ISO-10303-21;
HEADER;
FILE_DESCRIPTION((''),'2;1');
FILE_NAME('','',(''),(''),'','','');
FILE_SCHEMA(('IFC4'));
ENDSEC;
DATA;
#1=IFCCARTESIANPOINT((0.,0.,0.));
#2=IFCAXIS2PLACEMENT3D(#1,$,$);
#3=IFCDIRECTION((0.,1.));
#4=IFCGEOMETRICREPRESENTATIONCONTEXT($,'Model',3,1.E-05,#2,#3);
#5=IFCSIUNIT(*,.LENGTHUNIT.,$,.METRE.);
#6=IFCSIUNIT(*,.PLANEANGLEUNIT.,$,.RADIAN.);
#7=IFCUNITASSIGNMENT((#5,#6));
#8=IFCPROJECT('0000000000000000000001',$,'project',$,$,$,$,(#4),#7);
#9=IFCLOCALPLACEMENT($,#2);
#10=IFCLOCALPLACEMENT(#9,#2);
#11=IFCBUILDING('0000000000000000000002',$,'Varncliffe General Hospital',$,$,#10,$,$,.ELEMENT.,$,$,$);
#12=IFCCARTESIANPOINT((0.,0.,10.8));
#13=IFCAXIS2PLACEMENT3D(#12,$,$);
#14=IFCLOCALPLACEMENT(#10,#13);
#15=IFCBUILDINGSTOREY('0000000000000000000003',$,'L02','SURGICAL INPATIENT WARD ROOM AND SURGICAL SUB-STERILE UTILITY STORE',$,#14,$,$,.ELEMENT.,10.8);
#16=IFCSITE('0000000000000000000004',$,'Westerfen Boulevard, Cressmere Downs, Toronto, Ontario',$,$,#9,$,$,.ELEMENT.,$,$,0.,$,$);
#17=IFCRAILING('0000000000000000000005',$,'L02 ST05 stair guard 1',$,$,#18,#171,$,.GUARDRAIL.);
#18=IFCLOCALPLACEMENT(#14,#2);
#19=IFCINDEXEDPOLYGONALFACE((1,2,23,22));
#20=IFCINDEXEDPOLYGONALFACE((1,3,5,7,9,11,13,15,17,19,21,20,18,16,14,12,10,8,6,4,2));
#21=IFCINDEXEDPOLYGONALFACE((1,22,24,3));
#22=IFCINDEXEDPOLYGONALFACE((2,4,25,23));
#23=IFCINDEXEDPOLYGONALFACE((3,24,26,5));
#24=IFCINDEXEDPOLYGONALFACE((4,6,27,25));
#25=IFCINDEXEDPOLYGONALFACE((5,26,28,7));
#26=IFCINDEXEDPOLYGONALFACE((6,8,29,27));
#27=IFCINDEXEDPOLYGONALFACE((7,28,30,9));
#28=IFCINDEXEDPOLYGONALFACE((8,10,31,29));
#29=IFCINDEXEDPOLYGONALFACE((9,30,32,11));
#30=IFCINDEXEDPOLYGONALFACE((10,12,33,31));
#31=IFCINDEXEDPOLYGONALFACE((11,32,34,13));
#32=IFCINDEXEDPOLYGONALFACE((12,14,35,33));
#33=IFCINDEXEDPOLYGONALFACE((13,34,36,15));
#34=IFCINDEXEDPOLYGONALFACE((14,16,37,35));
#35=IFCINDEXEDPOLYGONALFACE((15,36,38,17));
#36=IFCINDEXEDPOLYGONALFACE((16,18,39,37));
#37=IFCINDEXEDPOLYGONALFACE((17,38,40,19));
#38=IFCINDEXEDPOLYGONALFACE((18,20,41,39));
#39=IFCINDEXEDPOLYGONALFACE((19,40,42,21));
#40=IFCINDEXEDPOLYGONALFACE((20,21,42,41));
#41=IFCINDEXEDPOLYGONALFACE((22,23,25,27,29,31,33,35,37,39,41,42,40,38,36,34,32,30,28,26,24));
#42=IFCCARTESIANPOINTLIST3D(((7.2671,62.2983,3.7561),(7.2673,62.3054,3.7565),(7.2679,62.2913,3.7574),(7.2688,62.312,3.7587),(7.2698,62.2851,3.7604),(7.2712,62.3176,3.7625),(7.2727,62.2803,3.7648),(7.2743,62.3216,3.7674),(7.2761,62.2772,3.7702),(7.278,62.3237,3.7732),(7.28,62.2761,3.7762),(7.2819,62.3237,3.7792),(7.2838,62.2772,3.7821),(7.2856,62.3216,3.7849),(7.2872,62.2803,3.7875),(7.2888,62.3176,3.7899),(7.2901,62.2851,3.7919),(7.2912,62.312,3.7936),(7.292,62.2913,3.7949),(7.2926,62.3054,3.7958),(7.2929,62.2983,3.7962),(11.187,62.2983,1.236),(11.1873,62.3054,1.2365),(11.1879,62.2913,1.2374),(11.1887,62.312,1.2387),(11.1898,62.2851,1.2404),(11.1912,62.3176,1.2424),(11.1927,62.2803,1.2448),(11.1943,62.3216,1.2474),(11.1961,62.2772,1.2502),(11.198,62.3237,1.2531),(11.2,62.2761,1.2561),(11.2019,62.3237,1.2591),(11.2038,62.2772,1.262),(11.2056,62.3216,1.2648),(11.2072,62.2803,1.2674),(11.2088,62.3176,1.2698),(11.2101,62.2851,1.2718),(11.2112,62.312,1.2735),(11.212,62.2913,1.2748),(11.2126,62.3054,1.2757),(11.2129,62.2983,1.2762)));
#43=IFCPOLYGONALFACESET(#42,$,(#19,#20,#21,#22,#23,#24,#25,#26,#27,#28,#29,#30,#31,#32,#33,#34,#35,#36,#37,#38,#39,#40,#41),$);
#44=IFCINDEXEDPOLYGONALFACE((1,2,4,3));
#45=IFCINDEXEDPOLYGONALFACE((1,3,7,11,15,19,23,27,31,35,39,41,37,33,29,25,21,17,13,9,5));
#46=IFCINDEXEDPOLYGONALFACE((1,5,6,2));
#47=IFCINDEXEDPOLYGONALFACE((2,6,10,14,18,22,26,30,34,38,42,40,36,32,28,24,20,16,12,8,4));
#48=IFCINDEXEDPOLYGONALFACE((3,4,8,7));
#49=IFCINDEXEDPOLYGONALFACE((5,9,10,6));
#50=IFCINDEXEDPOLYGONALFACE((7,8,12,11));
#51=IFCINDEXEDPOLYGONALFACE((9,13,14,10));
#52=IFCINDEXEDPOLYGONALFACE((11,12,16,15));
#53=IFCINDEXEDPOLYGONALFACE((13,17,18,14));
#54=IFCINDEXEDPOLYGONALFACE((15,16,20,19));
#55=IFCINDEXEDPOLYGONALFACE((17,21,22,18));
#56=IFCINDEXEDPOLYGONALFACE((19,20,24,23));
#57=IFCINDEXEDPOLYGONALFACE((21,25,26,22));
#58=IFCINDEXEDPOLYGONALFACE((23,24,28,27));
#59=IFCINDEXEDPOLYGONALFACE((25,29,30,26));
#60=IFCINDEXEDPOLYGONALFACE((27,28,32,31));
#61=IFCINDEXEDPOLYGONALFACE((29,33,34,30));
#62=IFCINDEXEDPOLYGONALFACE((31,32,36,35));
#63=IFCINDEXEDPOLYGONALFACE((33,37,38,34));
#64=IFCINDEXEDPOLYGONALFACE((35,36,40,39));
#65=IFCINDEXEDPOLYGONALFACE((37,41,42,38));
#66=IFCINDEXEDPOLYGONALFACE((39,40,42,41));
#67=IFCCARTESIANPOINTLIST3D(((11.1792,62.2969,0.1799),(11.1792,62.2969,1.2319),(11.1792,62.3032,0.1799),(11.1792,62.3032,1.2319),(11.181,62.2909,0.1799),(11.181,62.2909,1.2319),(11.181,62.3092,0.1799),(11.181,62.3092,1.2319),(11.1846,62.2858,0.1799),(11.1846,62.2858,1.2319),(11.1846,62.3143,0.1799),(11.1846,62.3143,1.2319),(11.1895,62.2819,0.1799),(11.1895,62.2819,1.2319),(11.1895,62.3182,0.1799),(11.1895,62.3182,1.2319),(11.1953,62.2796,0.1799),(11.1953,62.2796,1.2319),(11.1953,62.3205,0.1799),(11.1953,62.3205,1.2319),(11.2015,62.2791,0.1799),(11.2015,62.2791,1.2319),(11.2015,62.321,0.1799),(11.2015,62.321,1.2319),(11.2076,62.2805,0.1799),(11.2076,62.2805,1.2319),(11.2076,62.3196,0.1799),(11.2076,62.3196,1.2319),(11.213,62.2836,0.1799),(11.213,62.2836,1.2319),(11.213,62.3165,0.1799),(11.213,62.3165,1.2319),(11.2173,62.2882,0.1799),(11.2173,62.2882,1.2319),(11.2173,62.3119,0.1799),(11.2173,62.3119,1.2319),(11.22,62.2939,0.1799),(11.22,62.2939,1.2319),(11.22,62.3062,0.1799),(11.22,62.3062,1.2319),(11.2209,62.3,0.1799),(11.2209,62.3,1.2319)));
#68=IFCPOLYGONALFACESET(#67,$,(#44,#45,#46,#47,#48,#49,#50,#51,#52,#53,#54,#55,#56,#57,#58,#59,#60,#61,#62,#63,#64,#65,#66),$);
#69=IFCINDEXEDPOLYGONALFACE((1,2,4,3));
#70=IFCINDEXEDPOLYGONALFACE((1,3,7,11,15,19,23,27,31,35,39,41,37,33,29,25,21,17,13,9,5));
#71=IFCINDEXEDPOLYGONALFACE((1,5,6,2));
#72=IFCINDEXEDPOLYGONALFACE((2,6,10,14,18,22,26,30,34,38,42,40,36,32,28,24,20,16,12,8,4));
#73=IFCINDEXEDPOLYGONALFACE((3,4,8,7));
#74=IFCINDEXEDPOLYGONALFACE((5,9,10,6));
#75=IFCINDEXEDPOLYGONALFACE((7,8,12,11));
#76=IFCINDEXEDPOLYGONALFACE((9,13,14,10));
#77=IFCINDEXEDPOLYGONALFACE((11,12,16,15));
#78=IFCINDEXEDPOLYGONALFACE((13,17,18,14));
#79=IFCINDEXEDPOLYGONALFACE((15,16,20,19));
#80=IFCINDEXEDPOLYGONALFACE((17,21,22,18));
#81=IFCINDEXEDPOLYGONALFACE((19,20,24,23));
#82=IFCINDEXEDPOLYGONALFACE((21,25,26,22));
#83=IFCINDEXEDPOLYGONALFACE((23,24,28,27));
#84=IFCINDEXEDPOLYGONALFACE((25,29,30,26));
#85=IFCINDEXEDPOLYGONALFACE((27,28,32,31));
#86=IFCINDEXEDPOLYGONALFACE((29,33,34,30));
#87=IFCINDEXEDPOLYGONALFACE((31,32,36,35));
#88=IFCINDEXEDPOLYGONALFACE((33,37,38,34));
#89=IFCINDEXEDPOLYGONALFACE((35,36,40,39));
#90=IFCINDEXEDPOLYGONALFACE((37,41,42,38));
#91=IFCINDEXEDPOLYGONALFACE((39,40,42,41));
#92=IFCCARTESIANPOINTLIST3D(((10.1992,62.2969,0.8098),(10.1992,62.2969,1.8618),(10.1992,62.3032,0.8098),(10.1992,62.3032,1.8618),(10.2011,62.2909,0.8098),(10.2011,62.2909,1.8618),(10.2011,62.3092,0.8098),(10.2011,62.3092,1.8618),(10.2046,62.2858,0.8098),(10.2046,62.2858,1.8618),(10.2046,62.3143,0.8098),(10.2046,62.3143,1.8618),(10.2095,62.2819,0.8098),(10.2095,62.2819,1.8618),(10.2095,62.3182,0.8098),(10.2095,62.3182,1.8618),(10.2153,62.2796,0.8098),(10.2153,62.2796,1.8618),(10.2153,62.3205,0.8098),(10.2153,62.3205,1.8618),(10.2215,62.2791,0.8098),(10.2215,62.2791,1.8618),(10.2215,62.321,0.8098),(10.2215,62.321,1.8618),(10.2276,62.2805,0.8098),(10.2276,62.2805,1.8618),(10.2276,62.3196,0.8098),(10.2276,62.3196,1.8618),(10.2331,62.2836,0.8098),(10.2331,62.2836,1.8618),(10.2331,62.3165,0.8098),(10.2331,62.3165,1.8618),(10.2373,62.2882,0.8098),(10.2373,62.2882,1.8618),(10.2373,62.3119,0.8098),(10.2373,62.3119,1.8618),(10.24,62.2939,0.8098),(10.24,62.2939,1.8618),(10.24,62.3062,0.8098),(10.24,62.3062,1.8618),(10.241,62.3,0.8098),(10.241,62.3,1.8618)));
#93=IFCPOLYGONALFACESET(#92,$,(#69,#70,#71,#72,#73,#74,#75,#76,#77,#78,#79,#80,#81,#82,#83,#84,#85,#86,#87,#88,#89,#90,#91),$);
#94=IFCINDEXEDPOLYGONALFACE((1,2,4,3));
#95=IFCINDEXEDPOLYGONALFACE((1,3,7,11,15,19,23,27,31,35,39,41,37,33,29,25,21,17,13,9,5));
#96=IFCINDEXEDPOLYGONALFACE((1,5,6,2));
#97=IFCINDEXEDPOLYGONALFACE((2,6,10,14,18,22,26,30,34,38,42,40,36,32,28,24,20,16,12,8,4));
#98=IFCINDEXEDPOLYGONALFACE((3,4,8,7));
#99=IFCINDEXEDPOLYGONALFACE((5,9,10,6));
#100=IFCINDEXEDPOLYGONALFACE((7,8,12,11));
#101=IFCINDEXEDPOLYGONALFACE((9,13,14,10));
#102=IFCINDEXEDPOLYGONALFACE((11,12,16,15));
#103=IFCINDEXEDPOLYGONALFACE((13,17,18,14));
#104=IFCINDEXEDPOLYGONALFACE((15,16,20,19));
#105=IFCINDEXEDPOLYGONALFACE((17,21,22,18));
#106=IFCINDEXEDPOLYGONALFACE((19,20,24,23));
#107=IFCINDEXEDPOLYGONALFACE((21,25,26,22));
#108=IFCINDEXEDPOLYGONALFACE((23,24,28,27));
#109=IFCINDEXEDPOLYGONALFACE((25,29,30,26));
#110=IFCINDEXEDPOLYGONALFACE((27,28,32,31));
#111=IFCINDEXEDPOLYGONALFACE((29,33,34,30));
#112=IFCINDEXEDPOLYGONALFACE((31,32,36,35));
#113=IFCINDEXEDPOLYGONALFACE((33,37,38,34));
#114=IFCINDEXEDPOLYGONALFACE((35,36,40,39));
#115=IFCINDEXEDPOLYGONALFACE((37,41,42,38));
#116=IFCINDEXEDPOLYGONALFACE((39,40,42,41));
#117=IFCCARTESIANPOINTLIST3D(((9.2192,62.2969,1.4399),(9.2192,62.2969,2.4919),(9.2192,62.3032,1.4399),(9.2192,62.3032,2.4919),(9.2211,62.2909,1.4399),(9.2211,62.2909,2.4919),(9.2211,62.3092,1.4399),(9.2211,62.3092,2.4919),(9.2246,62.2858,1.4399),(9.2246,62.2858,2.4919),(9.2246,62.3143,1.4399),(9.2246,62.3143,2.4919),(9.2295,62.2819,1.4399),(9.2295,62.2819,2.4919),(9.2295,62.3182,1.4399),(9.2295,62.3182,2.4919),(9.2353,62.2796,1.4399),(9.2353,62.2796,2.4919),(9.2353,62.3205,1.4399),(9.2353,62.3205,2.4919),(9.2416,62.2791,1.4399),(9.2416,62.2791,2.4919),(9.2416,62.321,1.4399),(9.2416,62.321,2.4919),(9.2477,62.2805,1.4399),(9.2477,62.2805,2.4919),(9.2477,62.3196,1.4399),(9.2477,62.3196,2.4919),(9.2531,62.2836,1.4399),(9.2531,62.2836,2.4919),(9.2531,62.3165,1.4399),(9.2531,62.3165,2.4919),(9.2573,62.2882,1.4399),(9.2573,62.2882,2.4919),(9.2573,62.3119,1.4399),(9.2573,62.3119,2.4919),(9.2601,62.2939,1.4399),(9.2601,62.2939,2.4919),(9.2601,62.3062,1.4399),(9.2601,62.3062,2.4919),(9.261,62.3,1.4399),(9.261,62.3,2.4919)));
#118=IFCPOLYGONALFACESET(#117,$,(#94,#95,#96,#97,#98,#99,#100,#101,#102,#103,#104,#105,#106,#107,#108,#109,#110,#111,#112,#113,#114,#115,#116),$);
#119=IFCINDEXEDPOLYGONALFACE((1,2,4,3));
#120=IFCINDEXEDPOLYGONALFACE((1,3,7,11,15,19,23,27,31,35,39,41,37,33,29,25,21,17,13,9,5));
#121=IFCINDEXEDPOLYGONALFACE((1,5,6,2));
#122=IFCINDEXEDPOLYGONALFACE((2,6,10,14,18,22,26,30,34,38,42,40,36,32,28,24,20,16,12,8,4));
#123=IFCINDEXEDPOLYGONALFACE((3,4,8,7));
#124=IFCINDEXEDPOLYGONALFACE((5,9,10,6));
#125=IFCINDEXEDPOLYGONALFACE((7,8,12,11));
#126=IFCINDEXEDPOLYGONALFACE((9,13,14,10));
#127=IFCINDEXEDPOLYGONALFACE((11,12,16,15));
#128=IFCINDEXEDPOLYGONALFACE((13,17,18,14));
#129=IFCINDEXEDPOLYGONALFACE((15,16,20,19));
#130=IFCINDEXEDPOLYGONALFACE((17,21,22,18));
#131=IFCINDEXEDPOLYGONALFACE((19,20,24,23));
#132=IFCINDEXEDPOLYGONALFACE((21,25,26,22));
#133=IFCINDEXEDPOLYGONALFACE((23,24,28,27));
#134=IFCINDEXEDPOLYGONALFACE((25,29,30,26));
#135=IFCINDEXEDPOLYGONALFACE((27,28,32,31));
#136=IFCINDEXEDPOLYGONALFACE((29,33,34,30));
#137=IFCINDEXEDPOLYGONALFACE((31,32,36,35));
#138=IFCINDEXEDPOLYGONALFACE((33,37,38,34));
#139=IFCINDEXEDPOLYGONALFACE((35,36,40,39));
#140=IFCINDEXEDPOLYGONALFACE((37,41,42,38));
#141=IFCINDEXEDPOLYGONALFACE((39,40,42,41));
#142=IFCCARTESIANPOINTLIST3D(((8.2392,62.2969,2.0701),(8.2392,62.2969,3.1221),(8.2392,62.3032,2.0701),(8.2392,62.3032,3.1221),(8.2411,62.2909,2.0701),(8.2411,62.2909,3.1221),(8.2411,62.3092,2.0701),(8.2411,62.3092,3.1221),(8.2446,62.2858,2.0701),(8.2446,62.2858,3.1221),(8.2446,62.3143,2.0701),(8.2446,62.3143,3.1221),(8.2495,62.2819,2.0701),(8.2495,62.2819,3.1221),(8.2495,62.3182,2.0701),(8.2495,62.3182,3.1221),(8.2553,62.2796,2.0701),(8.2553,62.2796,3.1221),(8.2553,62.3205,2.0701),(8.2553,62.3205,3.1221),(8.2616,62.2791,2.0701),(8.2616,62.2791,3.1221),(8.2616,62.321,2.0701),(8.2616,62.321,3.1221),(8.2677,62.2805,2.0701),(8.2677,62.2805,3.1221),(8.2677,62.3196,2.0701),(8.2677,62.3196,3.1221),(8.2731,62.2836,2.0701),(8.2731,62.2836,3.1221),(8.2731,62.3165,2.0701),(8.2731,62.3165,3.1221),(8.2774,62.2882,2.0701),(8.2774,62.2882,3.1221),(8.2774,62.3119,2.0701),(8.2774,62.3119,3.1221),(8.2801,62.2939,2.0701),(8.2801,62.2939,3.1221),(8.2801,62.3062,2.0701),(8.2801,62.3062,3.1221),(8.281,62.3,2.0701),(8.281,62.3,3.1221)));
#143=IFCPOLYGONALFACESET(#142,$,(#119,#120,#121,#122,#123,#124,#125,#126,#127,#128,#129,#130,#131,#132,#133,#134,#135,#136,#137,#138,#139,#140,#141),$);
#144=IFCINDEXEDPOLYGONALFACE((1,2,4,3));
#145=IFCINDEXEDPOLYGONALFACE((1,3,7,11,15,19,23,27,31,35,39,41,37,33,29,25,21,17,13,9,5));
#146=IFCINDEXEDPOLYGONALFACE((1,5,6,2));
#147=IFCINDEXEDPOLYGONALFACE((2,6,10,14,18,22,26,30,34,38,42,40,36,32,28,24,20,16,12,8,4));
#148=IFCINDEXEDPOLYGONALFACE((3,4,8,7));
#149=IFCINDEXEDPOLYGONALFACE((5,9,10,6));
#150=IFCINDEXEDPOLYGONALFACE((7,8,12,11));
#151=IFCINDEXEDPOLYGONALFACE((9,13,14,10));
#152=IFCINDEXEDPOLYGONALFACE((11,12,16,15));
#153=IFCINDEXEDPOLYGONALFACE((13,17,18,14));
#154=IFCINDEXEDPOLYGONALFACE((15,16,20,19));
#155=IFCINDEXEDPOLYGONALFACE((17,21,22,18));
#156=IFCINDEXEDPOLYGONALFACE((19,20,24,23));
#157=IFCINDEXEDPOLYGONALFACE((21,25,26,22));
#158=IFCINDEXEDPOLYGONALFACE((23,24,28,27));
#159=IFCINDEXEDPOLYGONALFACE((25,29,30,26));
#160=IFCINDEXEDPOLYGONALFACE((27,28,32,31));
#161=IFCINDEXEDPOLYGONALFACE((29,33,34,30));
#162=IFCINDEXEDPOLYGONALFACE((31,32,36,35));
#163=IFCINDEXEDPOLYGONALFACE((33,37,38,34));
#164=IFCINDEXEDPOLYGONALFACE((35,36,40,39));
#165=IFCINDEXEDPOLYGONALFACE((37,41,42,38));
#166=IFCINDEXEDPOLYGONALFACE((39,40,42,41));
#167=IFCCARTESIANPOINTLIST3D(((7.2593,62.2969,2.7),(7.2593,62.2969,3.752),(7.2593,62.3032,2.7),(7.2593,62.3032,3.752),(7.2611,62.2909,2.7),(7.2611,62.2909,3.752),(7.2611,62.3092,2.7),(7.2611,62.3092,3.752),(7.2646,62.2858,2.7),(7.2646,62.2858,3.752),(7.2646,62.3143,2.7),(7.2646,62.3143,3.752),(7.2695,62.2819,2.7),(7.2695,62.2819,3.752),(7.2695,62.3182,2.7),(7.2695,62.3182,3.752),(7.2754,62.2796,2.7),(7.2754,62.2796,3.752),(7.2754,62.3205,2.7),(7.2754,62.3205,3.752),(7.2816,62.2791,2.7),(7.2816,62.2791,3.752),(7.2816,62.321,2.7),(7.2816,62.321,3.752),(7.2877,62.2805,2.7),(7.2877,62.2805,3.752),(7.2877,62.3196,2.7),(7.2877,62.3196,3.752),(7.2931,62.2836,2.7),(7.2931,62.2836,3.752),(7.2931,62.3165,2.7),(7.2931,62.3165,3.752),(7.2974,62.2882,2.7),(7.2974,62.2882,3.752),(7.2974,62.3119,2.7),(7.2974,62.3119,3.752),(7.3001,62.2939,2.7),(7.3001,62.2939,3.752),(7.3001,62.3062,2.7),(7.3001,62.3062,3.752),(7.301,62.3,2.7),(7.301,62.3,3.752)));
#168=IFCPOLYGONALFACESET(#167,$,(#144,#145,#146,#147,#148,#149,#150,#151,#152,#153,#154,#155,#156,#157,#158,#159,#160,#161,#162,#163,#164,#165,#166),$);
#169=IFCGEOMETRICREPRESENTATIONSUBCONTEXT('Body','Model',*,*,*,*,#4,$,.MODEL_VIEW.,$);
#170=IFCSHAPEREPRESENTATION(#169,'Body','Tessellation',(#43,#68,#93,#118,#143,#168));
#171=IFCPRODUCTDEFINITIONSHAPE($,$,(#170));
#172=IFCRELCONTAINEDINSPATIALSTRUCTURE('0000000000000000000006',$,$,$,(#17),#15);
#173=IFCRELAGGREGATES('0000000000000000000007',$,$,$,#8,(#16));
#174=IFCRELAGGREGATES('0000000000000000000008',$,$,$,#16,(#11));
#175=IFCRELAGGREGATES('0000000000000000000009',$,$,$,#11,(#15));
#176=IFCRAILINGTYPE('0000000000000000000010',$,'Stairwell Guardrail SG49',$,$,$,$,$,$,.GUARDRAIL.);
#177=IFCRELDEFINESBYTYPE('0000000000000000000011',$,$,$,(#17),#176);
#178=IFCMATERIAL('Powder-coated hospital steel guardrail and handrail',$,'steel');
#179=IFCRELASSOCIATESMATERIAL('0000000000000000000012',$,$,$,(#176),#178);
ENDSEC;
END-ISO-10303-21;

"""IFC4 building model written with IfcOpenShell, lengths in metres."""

from ifc_helpers import new_model, si_unit, direction, frame, origin, origin_2d, place, context, subcontext, project, spatial, circle, extrude, material, type_object, element, save


model = new_model("IFC4")

# Units and contexts
model_context = context("Model", 3, precision=1e-05, world=origin(), true_north=direction((0.0, 1.0)))
body_context = subcontext(model_context, "Body", "Model", "MODEL_VIEW")
ifc_project = project(units=[si_unit("LENGTHUNIT", "METRE"), si_unit("PLANEANGLEUNIT", "RADIAN")], contexts=[model_context])

# Site, building, storey
site_placement = place(None, origin())
site = spatial("IfcSite", under=ifc_project, at=site_placement, Name="Westerfen Boulevard, Cressmere Downs, Toronto, Ontario", CompositionType="ELEMENT", RefElevation=0.0)
building_placement = place(site_placement, origin())
building = spatial("IfcBuilding", under=site, at=building_placement, Name="Varncliffe General Hospital", CompositionType="ELEMENT")
storey_placement = place(building_placement, frame((0.0, 0.0, 10.8)))
storey = spatial("IfcBuildingStorey", under=building, at=storey_placement, Name="L02", Description="SURGICAL INPATIENT WARD ROOM AND SURGICAL SUB-STERILE UTILITY STORE", CompositionType="ELEMENT", Elevation=10.8)

# Railing
ifc_material_1 = material(Name="Powder-coated hospital steel guardrail and handrail", Category="steel")
railing_type_1 = type_object("IfcRailingType", Name="Stairwell Guardrail SG49", PredefinedType="GUARDRAIL", material=ifc_material_1)
railing_1_placement = place(storey_placement, frame((11.2, 62.3, 0.1799)))
element("IfcRailing", 1, at=railing_1_placement, inside=storey, type_object=railing_type_1, Name="L02 ST05 stair guard 1", PredefinedType="GUARDRAIL", context=body_context, shape_type="SweptSolid", body=[
    extrude(circle(Radius=0.0239, at=origin_2d()), frame((0.0, 0.0, 1.0762), z_axis=(-0.841172, 0.0, 0.540768), x_axis=(0.0, -1.0, 0.0)), (0.0, 0.0, 1.0), 4.6602),
    extrude(circle(Radius=0.021, at=origin_2d()), origin(), (0.0, 0.0, 1.0), 1.052),
    extrude(circle(Radius=0.021, at=origin_2d()), frame((-0.98, 0.0, 0.6299)), (0.0, 0.0, 1.0), 1.052),
    extrude(circle(Radius=0.021, at=origin_2d()), frame((-1.96, 0.0, 1.26)), (0.0, 0.0, 1.0), 1.052),
    extrude(circle(Radius=0.021, at=origin_2d()), frame((-2.9399, 0.0, 1.8901)), (0.0, 0.0, 1.0), 1.052),
    extrude(circle(Radius=0.021, at=origin_2d()), frame((-3.9199, 0.0, 2.52)), (0.0, 0.0, 1.0), 1.052),
])

save(model, "model.ifc")
